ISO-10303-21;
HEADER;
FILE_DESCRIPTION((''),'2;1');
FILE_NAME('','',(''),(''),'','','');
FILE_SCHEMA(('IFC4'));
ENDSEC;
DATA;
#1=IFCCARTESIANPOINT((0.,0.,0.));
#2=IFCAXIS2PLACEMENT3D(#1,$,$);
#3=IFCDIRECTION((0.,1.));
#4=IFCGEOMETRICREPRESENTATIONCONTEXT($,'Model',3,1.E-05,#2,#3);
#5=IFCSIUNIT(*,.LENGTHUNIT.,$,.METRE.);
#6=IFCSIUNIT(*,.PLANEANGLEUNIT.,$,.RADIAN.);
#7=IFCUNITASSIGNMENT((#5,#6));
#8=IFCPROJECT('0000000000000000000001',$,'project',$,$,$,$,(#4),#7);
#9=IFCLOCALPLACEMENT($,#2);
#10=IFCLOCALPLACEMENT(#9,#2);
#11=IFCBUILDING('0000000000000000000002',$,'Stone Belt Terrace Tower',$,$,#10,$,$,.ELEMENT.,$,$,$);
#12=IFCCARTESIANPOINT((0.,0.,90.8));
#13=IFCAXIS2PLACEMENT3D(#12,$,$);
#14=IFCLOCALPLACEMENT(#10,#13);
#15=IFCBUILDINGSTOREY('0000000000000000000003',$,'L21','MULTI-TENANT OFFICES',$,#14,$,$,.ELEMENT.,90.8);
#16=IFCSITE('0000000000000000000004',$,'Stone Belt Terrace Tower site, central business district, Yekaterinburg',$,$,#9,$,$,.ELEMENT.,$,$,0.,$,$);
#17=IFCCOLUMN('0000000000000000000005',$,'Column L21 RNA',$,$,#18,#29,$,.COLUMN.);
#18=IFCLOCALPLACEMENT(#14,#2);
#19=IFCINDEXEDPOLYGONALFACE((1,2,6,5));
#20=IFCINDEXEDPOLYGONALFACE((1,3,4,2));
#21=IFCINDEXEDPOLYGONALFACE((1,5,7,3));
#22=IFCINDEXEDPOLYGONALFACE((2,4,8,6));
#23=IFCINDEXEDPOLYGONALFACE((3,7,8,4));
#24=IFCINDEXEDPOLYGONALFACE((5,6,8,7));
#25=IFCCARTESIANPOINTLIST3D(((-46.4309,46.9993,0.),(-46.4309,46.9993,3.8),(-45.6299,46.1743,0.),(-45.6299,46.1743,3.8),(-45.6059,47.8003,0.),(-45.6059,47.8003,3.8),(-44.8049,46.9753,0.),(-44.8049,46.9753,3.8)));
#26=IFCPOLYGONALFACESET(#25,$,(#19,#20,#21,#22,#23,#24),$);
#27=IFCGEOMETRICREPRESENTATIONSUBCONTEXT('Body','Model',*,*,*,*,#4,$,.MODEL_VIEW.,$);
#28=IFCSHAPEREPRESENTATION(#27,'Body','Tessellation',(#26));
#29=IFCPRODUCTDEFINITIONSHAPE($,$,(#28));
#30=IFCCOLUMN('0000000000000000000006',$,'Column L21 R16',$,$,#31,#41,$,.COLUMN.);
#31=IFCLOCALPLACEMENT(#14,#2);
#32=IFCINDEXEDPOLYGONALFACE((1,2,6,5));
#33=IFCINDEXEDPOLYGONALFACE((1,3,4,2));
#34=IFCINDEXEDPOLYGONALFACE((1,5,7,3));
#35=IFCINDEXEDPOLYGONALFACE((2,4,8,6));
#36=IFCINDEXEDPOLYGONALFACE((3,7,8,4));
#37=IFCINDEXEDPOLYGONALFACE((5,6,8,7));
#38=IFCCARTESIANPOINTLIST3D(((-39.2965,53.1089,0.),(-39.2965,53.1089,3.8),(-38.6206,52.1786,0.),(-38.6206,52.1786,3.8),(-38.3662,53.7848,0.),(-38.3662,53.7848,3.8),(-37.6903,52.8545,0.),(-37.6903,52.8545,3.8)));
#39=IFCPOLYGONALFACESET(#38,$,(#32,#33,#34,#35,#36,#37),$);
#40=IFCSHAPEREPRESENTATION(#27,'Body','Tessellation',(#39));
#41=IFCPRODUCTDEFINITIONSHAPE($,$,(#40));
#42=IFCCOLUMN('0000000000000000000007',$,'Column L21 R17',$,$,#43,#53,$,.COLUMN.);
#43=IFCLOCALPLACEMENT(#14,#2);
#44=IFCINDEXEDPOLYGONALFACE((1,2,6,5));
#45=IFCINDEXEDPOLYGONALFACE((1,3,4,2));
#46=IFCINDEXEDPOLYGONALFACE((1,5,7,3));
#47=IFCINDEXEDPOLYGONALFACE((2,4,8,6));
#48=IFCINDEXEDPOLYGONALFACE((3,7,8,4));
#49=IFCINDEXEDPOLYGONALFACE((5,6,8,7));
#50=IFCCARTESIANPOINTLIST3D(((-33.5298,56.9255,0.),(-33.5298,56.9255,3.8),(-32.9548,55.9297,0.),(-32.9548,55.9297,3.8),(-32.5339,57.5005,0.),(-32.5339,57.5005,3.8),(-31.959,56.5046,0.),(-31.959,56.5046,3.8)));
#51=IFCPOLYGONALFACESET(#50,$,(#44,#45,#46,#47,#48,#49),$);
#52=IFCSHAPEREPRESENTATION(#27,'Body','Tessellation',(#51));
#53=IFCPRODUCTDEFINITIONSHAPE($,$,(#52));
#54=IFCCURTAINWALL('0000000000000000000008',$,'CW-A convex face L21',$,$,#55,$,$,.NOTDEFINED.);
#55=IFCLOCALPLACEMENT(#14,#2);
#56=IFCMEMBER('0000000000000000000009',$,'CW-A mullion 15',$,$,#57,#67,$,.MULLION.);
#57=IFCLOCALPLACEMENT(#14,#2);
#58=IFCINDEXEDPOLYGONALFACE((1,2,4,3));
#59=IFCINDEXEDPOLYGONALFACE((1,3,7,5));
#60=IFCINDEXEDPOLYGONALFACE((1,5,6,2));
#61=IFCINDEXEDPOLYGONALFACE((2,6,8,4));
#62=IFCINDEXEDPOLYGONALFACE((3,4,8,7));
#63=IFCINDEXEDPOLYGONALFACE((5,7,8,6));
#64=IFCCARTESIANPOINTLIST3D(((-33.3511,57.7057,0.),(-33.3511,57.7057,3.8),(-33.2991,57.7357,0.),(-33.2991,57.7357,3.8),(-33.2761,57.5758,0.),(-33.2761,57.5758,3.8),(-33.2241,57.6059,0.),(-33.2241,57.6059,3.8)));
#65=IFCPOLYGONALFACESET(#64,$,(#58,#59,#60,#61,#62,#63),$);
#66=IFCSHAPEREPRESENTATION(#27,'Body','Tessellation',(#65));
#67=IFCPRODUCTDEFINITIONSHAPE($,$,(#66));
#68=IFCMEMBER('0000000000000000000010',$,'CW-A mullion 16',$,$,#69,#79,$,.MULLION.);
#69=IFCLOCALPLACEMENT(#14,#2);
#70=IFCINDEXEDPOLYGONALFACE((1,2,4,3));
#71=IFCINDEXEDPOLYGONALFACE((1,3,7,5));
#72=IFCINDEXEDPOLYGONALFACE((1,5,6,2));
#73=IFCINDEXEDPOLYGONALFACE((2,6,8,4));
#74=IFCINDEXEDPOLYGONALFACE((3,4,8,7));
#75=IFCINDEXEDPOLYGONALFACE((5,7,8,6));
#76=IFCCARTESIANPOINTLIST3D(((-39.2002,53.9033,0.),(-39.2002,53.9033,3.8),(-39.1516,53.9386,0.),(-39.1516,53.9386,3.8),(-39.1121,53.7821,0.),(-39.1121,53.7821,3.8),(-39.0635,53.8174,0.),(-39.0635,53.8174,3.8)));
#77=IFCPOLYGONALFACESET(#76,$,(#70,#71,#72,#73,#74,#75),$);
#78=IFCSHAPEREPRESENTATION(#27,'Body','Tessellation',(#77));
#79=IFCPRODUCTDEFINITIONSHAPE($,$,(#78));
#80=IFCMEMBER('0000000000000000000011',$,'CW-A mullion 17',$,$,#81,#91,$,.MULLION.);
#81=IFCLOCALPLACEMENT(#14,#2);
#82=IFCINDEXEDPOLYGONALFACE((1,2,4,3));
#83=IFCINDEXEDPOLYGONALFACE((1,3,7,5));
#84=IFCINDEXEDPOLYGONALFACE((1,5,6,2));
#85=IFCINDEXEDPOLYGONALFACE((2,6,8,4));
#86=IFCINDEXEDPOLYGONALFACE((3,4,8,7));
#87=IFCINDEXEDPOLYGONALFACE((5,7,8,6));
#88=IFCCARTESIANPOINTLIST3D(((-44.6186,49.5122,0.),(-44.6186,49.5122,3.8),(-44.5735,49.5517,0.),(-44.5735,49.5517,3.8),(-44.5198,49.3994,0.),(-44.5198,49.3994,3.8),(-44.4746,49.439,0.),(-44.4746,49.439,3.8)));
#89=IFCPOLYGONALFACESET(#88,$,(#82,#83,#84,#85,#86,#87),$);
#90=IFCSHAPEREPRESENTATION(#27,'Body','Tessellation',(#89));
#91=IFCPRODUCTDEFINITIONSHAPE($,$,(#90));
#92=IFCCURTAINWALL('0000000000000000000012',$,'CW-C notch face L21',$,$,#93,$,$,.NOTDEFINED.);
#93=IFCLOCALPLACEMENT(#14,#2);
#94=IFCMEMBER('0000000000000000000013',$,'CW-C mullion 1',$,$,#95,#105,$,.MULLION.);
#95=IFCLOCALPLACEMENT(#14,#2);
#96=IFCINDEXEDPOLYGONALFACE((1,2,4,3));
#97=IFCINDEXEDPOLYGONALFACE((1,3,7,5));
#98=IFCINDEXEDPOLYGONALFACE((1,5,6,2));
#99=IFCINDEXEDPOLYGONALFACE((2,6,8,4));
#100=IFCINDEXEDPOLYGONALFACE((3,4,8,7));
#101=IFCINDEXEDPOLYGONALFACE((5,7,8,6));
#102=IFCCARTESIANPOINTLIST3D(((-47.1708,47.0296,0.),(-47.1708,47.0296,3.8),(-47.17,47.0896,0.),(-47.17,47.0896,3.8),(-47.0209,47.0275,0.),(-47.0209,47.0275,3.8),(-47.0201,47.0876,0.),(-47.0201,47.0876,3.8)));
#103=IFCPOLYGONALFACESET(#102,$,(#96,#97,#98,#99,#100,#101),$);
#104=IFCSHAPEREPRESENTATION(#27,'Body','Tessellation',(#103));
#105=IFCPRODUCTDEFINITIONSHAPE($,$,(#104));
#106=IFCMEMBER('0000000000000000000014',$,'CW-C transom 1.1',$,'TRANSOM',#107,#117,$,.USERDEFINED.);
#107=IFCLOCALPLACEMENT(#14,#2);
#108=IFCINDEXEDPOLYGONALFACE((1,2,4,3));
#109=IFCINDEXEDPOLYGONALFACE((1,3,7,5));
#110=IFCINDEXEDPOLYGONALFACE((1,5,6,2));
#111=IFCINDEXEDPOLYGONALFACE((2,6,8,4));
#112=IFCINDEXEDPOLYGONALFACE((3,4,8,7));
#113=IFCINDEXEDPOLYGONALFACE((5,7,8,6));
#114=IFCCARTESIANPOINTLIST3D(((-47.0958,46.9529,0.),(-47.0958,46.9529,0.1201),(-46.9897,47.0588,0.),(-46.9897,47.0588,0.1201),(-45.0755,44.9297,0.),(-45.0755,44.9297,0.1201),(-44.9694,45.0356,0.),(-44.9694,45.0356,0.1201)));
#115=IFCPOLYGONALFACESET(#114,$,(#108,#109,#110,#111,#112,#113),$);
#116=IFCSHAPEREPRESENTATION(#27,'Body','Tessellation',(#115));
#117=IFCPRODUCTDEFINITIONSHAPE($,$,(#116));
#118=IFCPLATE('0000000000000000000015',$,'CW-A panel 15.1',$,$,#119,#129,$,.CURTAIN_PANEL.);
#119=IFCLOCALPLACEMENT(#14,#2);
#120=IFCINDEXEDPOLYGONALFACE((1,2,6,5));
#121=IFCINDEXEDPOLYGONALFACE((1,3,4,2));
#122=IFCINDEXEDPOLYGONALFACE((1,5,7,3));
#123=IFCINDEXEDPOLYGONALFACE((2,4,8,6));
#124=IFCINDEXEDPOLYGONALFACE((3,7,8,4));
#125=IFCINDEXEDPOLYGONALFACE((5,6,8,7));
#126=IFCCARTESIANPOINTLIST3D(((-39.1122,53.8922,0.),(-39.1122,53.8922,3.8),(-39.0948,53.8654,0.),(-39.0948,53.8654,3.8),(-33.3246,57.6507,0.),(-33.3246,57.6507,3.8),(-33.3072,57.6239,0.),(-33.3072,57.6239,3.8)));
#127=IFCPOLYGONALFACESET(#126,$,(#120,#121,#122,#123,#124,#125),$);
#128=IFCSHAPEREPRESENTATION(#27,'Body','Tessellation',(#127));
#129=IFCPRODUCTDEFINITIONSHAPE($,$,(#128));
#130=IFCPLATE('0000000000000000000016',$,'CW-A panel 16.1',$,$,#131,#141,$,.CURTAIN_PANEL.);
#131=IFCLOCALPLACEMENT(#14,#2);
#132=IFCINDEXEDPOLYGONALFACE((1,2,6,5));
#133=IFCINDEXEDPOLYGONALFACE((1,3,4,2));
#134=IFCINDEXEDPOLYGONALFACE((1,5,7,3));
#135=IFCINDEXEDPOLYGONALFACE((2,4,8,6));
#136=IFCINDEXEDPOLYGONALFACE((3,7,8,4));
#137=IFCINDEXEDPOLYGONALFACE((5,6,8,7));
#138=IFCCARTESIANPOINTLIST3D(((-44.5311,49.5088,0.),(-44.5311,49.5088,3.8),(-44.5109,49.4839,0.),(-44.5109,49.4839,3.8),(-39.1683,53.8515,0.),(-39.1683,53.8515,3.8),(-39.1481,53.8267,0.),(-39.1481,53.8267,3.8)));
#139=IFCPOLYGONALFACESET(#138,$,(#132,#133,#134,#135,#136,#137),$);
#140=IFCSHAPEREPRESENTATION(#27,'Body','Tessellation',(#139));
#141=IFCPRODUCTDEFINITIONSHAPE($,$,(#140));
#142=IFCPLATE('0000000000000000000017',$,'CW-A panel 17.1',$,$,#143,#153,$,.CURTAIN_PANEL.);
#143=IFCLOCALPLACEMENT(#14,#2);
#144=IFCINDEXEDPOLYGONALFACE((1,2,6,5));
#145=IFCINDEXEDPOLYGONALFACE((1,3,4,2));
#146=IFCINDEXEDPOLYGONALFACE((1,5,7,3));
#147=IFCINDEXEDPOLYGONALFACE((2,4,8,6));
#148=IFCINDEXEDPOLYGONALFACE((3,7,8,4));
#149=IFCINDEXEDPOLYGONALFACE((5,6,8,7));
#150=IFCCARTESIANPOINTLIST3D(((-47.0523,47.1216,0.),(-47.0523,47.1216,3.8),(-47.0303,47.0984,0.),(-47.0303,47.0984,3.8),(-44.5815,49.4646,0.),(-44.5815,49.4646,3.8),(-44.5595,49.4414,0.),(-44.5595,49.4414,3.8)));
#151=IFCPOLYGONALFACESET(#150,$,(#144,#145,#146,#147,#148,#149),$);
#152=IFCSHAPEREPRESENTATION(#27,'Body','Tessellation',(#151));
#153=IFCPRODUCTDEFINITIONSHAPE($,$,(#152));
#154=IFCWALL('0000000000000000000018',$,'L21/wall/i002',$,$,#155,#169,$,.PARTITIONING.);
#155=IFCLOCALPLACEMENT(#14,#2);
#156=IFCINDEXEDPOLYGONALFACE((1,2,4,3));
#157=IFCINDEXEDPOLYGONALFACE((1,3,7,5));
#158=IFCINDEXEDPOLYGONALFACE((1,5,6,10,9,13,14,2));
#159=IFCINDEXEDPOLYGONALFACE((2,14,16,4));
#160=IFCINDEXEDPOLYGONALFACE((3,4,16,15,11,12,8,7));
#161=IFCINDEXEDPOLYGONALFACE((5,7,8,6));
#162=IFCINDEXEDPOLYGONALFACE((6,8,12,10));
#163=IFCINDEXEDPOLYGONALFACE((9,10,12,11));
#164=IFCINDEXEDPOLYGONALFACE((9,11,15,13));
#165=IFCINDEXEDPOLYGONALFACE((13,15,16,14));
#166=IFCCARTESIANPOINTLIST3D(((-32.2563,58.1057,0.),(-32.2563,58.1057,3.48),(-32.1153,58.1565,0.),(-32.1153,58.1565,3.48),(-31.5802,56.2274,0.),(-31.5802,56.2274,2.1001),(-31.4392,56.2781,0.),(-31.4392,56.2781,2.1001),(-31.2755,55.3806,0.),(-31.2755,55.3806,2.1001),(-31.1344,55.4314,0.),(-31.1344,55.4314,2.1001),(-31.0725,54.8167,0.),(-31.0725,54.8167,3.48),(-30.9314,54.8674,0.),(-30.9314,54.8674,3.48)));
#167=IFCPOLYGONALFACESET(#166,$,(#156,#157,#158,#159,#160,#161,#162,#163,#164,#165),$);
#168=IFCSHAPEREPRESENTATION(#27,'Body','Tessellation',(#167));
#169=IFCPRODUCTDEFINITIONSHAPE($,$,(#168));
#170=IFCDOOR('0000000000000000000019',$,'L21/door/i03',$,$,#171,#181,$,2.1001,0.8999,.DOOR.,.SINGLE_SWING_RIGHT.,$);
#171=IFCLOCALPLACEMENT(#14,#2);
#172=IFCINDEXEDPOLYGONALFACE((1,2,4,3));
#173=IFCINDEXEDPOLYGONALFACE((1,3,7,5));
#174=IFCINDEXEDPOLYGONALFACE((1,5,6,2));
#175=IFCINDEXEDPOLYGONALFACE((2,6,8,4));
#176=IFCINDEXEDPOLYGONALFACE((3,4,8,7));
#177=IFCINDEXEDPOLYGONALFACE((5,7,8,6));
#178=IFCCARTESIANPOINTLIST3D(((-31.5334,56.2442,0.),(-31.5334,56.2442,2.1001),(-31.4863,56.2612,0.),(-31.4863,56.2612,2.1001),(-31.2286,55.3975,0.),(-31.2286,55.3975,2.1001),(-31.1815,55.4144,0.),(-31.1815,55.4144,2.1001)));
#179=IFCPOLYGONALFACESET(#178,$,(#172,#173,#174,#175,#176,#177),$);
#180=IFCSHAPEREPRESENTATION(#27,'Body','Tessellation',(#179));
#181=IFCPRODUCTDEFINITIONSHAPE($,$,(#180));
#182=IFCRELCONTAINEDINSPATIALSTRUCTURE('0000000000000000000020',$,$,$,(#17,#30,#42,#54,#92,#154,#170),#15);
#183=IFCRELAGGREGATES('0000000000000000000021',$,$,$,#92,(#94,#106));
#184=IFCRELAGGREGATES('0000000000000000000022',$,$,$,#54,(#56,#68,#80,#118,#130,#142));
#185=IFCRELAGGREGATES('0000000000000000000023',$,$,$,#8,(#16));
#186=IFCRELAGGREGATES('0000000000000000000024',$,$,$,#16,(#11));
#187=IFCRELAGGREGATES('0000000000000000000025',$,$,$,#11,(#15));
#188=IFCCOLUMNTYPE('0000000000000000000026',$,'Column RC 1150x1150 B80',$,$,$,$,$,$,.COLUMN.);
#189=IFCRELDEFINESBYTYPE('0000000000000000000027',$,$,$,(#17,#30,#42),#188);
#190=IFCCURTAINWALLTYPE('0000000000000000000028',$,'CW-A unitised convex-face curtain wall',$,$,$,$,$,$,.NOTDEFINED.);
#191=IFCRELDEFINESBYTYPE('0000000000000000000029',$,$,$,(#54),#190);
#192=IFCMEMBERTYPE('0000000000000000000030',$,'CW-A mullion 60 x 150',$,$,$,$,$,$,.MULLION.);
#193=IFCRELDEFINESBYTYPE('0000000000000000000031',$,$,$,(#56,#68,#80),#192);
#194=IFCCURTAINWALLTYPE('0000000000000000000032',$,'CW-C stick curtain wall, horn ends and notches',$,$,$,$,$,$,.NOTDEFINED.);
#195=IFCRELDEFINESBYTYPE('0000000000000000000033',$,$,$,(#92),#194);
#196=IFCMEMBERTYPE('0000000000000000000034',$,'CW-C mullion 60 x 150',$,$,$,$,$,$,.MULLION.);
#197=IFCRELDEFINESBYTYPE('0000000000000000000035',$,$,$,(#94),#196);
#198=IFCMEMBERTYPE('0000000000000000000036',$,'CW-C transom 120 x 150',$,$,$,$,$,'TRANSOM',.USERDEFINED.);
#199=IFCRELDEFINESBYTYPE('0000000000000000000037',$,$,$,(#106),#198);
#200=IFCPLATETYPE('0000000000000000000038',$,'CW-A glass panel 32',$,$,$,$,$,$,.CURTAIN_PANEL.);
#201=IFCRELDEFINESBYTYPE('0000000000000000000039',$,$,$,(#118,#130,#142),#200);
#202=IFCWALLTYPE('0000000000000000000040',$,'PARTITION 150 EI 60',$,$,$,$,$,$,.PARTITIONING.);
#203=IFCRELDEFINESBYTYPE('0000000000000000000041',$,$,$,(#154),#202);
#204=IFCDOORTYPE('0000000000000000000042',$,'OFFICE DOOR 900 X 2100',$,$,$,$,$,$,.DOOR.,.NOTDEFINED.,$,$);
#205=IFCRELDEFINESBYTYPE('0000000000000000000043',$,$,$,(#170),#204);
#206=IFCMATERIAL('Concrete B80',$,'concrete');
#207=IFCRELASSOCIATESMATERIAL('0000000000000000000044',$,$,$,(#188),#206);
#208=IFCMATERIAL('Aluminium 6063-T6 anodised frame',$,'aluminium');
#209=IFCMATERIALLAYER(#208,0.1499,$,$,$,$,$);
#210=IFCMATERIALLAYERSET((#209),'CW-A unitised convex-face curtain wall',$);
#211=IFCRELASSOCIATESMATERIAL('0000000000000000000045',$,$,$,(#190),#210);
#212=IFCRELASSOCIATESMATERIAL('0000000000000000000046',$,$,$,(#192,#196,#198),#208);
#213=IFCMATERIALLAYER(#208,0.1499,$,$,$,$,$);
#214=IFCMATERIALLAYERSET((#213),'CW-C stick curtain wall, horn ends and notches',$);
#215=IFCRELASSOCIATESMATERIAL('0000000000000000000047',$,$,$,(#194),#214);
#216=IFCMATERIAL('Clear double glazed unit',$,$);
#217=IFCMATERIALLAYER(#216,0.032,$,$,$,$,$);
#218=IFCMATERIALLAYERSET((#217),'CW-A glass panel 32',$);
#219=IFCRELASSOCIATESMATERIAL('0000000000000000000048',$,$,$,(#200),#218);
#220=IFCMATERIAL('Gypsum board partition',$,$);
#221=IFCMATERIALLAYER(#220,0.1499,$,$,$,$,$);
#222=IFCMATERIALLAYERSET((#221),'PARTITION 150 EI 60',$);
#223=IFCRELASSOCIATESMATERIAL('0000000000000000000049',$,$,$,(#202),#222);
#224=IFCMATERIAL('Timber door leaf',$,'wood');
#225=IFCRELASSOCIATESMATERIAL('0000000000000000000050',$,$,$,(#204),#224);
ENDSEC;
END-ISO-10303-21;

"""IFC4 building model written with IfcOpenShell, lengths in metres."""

from ifc_helpers import new_model, si_unit, direction, frame, frame_2d, origin, origin_2d, place, context, subcontext, project, spatial, rectangle, extrude, material, layer, layer_set, material_profile, profile_set, type_object, element, fill, aggregate, save


model = new_model("IFC4")

# Units and contexts
model_context = context("Model", 3, precision=1e-05, world=origin(), true_north=direction((0.0, 1.0)))
body_context = subcontext(model_context, "Body", "Model", "MODEL_VIEW")
ifc_project = project(units=[si_unit("LENGTHUNIT", "METRE"), si_unit("PLANEANGLEUNIT", "RADIAN")], contexts=[model_context])

# Site, building, storey
site_placement = place(None, origin())
site = spatial("IfcSite", under=ifc_project, at=site_placement, Name="Stone Belt Terrace Tower site, central business district, Yekaterinburg", CompositionType="ELEMENT", RefElevation=0.0)
building_placement = place(site_placement, origin())
building = spatial("IfcBuilding", under=site, at=building_placement, Name="Stone Belt Terrace Tower", CompositionType="ELEMENT")
storey_placement = place(building_placement, frame((0.0, 0.0, 90.8)))
storey = spatial("IfcBuildingStorey", under=building, at=storey_placement, Name="L21", Description="MULTI-TENANT OFFICES", CompositionType="ELEMENT", Elevation=90.8)

# Columns
ifc_material_1 = material(Name="Concrete B80", Category="concrete")
ifc_material_profile_1 = material_profile(ifc_material_1, rectangle(XDim=1.1499, YDim=1.1499, at=origin_2d()), Name="RC 1150x1150")
ifc_profile_set_1 = profile_set([ifc_material_profile_1], Name="Concrete B80")
column_type = type_object("IfcColumnType", Name="Column RC 1150x1150 B80", PredefinedType="COLUMN", material=ifc_profile_set_1)
for number, where, z_axis, x_axis, name in (
    (1, (-45.6179, 46.9873, 0.0), (0.0, 0.0, 1.0), (0.717483, 0.696576, 0.0), "Column L21 RNA"),
    (2, (-38.4934, 52.9817, 0.0), (0.0, 0.0, 1.0), (0.809017, 0.587785, 0.0), "Column L21 R16"),
    (3, (-32.7444, 56.7151, 0.0), (0.0, 0.0, 1.0), (0.866025, 0.5, 0.0), "Column L21 R17"),
):
    element("IfcColumn", number, at=place(storey_placement, frame(where, z_axis=z_axis, x_axis=x_axis)), inside=storey, type_object=column_type, Name=name, PredefinedType="COLUMN", context=body_context, shape_type="SweptSolid", body=[
        extrude(rectangle(XDim=1.1499, YDim=1.1499, at=origin_2d()), origin(), (0.0, 0.0, 1.0), 3.8),
    ])

# Curtain walls, members
ifc_material_2 = material(Name="Aluminium 6063-T6 anodised frame", Category="aluminium")
ifc_layer_1 = layer(ifc_material_2, 0.1499)
ifc_layer_set_1 = layer_set([ifc_layer_1], Name="CW-A unitised convex-face curtain wall")
curtain_wall_type_1 = type_object("IfcCurtainWallType", Name="CW-A unitised convex-face curtain wall", PredefinedType="NOTDEFINED", material=ifc_layer_set_1)
curtain_wall_1_placement = place(storey_placement, origin())
curtain_wall_1 = element("IfcCurtainWall", 4, at=curtain_wall_1_placement, inside=storey, type_object=curtain_wall_type_1, Name="CW-A convex face L21", PredefinedType="NOTDEFINED")
ifc_material_profile_2 = material_profile(ifc_material_2, rectangle(XDim=0.1499, YDim=0.0601, at=origin_2d()), Name="Aluminium 6063-T6 60x150")
ifc_profile_set_2 = profile_set([ifc_material_profile_2], Name="Aluminium 6063-T6 anodised frame")
member_type_1 = type_object("IfcMemberType", Name="CW-A mullion 60 x 150", PredefinedType="MULLION", material=ifc_profile_set_2)
member_1_placement = place(storey_placement, frame((-33.2876, 57.6558, 0.0), z_axis=(0.0, 0.0, 1.0), x_axis=(0.5, -0.866025, 0.0)))
member_1 = element("IfcMember", 5, at=member_1_placement, type_object=member_type_1, Name="CW-A mullion 15", PredefinedType="MULLION", context=body_context, shape_type="SweptSolid", body=[
    extrude(rectangle(XDim=0.1499, YDim=0.0601, at=origin_2d()), origin(), (0.0, 0.0, 1.0), 3.8),
])
member_2_placement = place(storey_placement, frame((-39.1318, 53.8604, 0.0), z_axis=(0.0, 0.0, 1.0), x_axis=(0.587785, -0.809017, 0.0)))
member_2 = element("IfcMember", 6, at=member_2_placement, type_object=member_type_1, Name="CW-A mullion 16", PredefinedType="MULLION", context=body_context, shape_type="SweptSolid", body=[
    extrude(rectangle(XDim=0.1499, YDim=0.0601, at=origin_2d()), origin(), (0.0, 0.0, 1.0), 3.8),
])
member_3_placement = place(storey_placement, frame((-44.5466, 49.4756, 0.0), z_axis=(0.0, 0.0, 1.0), x_axis=(0.659207, -0.751961, 0.0)))
member_3 = element("IfcMember", 7, at=member_3_placement, type_object=member_type_1, Name="CW-A mullion 17", PredefinedType="MULLION", context=body_context, shape_type="SweptSolid", body=[
    extrude(rectangle(XDim=0.1499, YDim=0.0601, at=origin_2d()), origin(), (0.0, 0.0, 1.0), 3.8),
])
ifc_layer_2 = layer(ifc_material_2, 0.1499)
ifc_layer_set_2 = layer_set([ifc_layer_2], Name="CW-C stick curtain wall, horn ends and notches")
curtain_wall_type_2 = type_object("IfcCurtainWallType", Name="CW-C stick curtain wall, horn ends and notches", PredefinedType="NOTDEFINED", material=ifc_layer_set_2)
curtain_wall_2_placement = place(storey_placement, origin())
curtain_wall_2 = element("IfcCurtainWall", 8, at=curtain_wall_2_placement, inside=storey, type_object=curtain_wall_type_2, Name="CW-C notch face L21", PredefinedType="NOTDEFINED")
ifc_material_profile_3 = material_profile(ifc_material_2, rectangle(XDim=0.1499, YDim=0.0601, at=origin_2d()), Name="Aluminium 6063-T6 60x150")
ifc_profile_set_3 = profile_set([ifc_material_profile_3], Name="Aluminium 6063-T6 anodised frame")
member_type_2 = type_object("IfcMemberType", Name="CW-C mullion 60 x 150", PredefinedType="MULLION", material=ifc_profile_set_3)
member_4_placement = place(storey_placement, frame((-47.0955, 47.0586, 0.0), z_axis=(0.0, 0.0, 1.0), x_axis=(0.999907, -0.013642, 0.0)))
member_4 = element("IfcMember", 9, at=member_4_placement, type_object=member_type_2, Name="CW-C mullion 1", PredefinedType="MULLION", context=body_context, shape_type="SweptSolid", body=[
    extrude(rectangle(XDim=0.1499, YDim=0.0601, at=origin_2d()), origin(), (0.0, 0.0, 1.0), 3.8),
])
ifc_material_profile_4 = material_profile(ifc_material_2, rectangle(XDim=0.1499, YDim=0.1201, at=origin_2d()), Name="Aluminium 6063-T6 150x120")
ifc_profile_set_4 = profile_set([ifc_material_profile_4], Name="Aluminium 6063-T6 anodised frame")
member_type_3 = type_object("IfcMemberType", Name="CW-C transom 120 x 150", ElementType="TRANSOM", PredefinedType="USERDEFINED", material=ifc_profile_set_4)
member_5_placement = place(storey_placement, frame((-47.0427, 47.0059, 0.0601), z_axis=(0.706594, -0.707619, 0.0), x_axis=(0.707619, 0.706594, 0.0)))
member_5 = element("IfcMember", 10, at=member_5_placement, type_object=member_type_3, Name="CW-C transom 1.1", ObjectType="TRANSOM", PredefinedType="USERDEFINED", context=body_context, shape_type="SweptSolid", body=[
    extrude(rectangle(XDim=0.1499, YDim=0.1201, at=origin_2d()), origin(), (0.0, 0.0, 1.0), 2.8591),
])
aggregate(curtain_wall_2, [member_4, member_5])

# Plates
ifc_material_3 = material(Name="Clear double glazed unit")
ifc_layer_3 = layer(ifc_material_3, 0.032)
ifc_layer_set_3 = layer_set([ifc_layer_3], Name="CW-A glass panel 32")
plate_type = type_object("IfcPlateType", Name="CW-A glass panel 32", PredefinedType="CURTAIN_PANEL", material=ifc_layer_set_3)
plate_1_placement = place(storey_placement, frame((-36.2097, 55.7581, 0.0), z_axis=(0.0, 0.0, 1.0), x_axis=(-0.838671, -0.544639, 0.0)))
plate_1 = element("IfcPlate", 11, at=plate_1_placement, type_object=plate_type, Name="CW-A panel 15.1", PredefinedType="CURTAIN_PANEL", context=body_context, shape_type="SweptSolid", body=[
    extrude(rectangle(XDim=6.9009, YDim=0.032, at=origin_2d()), origin(), (0.0, 0.0, 1.0), 3.8),
])
plate_2_placement = place(storey_placement, frame((-41.8396, 51.6677, 0.0), z_axis=(0.0, 0.0, 1.0), x_axis=(-0.777146, -0.62932, 0.0)))
plate_2 = element("IfcPlate", 12, at=plate_2_placement, type_object=plate_type, Name="CW-A panel 16.1", PredefinedType="CURTAIN_PANEL", context=body_context, shape_type="SweptSolid", body=[
    extrude(rectangle(XDim=6.9006, YDim=0.032, at=origin_2d()), origin(), (0.0, 0.0, 1.0), 3.8),
])
plate_3_placement = place(storey_placement, frame((-45.8059, 48.2815, 0.0), z_axis=(0.0, 0.0, 1.0), x_axis=(-0.725628, -0.688087, 0.0)))
plate_3 = element("IfcPlate", 13, at=plate_3_placement, type_object=plate_type, Name="CW-A panel 17.1", PredefinedType="CURTAIN_PANEL", context=body_context, shape_type="SweptSolid", body=[
    extrude(rectangle(XDim=3.405, YDim=0.032, at=origin_2d()), origin(), (0.0, 0.0, 1.0), 3.8),
])
aggregate(curtain_wall_1, [member_1, member_2, member_3, plate_1, plate_2, plate_3])

# Wall, opening, door
ifc_material_4 = material(Name="Gypsum board partition")
ifc_layer_4 = layer(ifc_material_4, 0.1499)
ifc_layer_set_4 = layer_set([ifc_layer_4], Name="PARTITION 150 EI 60")
wall_type = type_object("IfcWallType", Name="PARTITION 150 EI 60", PredefinedType="PARTITIONING", material=ifc_layer_set_4)
wall_1_placement = place(storey_placement, frame((-32.1858, 58.1311, 0.0), z_axis=(0.0, 0.0, 1.0), x_axis=(0.338663, -0.940908, 0.0)))
wall_1 = element("IfcWall", 14, at=wall_1_placement, inside=storey, type_object=wall_type, Name="L21/wall/i002", PredefinedType="PARTITIONING", context=body_context, shape_type="SweptSolid", body=[
    extrude(rectangle(XDim=3.4956, YDim=0.1499, at=frame_2d((1.7478, 0.0))), origin(), (0.0, 0.0, 1.0), 3.48),
])
opening_1_placement = place(wall_1_placement, frame((1.9963, 0.0, 0.0)))
opening_1 = element("IfcOpeningElement", 15, at=opening_1_placement, cuts=wall_1, PredefinedType="OPENING", context=body_context, shape_type="SweptSolid", body=[
    extrude(rectangle(XDim=0.8999, YDim=2.1001, at=frame_2d((0.45, 1.05))), frame((0.0, 0.085, 0.0), z_axis=(0.0, -1.0, 0.0), x_axis=(1.0, 0.0, 0.0)), (0.0, 0.0, 1.0), 0.1699),
])
ifc_material_5 = material(Name="Timber door leaf", Category="wood")
door_type = type_object("IfcDoorType", Name="OFFICE DOOR 900 X 2100", OperationType="NOTDEFINED", PredefinedType="DOOR", material=ifc_material_5)
door_1_placement = place(opening_1_placement, origin())
door_1 = element("IfcDoor", 16, at=door_1_placement, inside=storey, type_object=door_type, Name="L21/door/i03", OperationType="SINGLE_SWING_RIGHT", OverallHeight=2.1001, OverallWidth=0.8999, PredefinedType="DOOR", context=body_context, shape_type="SweptSolid", body=[
    extrude(rectangle(XDim=0.8999, YDim=2.1001, at=frame_2d((0.45, 1.05))), frame((0.0, 0.0249, 0.0), z_axis=(0.0, -1.0, 0.0), x_axis=(1.0, 0.0, 0.0)), (0.0, 0.0, 1.0), 0.05),
])
fill(opening_1, door_1)

save(model, "model.ifc")
